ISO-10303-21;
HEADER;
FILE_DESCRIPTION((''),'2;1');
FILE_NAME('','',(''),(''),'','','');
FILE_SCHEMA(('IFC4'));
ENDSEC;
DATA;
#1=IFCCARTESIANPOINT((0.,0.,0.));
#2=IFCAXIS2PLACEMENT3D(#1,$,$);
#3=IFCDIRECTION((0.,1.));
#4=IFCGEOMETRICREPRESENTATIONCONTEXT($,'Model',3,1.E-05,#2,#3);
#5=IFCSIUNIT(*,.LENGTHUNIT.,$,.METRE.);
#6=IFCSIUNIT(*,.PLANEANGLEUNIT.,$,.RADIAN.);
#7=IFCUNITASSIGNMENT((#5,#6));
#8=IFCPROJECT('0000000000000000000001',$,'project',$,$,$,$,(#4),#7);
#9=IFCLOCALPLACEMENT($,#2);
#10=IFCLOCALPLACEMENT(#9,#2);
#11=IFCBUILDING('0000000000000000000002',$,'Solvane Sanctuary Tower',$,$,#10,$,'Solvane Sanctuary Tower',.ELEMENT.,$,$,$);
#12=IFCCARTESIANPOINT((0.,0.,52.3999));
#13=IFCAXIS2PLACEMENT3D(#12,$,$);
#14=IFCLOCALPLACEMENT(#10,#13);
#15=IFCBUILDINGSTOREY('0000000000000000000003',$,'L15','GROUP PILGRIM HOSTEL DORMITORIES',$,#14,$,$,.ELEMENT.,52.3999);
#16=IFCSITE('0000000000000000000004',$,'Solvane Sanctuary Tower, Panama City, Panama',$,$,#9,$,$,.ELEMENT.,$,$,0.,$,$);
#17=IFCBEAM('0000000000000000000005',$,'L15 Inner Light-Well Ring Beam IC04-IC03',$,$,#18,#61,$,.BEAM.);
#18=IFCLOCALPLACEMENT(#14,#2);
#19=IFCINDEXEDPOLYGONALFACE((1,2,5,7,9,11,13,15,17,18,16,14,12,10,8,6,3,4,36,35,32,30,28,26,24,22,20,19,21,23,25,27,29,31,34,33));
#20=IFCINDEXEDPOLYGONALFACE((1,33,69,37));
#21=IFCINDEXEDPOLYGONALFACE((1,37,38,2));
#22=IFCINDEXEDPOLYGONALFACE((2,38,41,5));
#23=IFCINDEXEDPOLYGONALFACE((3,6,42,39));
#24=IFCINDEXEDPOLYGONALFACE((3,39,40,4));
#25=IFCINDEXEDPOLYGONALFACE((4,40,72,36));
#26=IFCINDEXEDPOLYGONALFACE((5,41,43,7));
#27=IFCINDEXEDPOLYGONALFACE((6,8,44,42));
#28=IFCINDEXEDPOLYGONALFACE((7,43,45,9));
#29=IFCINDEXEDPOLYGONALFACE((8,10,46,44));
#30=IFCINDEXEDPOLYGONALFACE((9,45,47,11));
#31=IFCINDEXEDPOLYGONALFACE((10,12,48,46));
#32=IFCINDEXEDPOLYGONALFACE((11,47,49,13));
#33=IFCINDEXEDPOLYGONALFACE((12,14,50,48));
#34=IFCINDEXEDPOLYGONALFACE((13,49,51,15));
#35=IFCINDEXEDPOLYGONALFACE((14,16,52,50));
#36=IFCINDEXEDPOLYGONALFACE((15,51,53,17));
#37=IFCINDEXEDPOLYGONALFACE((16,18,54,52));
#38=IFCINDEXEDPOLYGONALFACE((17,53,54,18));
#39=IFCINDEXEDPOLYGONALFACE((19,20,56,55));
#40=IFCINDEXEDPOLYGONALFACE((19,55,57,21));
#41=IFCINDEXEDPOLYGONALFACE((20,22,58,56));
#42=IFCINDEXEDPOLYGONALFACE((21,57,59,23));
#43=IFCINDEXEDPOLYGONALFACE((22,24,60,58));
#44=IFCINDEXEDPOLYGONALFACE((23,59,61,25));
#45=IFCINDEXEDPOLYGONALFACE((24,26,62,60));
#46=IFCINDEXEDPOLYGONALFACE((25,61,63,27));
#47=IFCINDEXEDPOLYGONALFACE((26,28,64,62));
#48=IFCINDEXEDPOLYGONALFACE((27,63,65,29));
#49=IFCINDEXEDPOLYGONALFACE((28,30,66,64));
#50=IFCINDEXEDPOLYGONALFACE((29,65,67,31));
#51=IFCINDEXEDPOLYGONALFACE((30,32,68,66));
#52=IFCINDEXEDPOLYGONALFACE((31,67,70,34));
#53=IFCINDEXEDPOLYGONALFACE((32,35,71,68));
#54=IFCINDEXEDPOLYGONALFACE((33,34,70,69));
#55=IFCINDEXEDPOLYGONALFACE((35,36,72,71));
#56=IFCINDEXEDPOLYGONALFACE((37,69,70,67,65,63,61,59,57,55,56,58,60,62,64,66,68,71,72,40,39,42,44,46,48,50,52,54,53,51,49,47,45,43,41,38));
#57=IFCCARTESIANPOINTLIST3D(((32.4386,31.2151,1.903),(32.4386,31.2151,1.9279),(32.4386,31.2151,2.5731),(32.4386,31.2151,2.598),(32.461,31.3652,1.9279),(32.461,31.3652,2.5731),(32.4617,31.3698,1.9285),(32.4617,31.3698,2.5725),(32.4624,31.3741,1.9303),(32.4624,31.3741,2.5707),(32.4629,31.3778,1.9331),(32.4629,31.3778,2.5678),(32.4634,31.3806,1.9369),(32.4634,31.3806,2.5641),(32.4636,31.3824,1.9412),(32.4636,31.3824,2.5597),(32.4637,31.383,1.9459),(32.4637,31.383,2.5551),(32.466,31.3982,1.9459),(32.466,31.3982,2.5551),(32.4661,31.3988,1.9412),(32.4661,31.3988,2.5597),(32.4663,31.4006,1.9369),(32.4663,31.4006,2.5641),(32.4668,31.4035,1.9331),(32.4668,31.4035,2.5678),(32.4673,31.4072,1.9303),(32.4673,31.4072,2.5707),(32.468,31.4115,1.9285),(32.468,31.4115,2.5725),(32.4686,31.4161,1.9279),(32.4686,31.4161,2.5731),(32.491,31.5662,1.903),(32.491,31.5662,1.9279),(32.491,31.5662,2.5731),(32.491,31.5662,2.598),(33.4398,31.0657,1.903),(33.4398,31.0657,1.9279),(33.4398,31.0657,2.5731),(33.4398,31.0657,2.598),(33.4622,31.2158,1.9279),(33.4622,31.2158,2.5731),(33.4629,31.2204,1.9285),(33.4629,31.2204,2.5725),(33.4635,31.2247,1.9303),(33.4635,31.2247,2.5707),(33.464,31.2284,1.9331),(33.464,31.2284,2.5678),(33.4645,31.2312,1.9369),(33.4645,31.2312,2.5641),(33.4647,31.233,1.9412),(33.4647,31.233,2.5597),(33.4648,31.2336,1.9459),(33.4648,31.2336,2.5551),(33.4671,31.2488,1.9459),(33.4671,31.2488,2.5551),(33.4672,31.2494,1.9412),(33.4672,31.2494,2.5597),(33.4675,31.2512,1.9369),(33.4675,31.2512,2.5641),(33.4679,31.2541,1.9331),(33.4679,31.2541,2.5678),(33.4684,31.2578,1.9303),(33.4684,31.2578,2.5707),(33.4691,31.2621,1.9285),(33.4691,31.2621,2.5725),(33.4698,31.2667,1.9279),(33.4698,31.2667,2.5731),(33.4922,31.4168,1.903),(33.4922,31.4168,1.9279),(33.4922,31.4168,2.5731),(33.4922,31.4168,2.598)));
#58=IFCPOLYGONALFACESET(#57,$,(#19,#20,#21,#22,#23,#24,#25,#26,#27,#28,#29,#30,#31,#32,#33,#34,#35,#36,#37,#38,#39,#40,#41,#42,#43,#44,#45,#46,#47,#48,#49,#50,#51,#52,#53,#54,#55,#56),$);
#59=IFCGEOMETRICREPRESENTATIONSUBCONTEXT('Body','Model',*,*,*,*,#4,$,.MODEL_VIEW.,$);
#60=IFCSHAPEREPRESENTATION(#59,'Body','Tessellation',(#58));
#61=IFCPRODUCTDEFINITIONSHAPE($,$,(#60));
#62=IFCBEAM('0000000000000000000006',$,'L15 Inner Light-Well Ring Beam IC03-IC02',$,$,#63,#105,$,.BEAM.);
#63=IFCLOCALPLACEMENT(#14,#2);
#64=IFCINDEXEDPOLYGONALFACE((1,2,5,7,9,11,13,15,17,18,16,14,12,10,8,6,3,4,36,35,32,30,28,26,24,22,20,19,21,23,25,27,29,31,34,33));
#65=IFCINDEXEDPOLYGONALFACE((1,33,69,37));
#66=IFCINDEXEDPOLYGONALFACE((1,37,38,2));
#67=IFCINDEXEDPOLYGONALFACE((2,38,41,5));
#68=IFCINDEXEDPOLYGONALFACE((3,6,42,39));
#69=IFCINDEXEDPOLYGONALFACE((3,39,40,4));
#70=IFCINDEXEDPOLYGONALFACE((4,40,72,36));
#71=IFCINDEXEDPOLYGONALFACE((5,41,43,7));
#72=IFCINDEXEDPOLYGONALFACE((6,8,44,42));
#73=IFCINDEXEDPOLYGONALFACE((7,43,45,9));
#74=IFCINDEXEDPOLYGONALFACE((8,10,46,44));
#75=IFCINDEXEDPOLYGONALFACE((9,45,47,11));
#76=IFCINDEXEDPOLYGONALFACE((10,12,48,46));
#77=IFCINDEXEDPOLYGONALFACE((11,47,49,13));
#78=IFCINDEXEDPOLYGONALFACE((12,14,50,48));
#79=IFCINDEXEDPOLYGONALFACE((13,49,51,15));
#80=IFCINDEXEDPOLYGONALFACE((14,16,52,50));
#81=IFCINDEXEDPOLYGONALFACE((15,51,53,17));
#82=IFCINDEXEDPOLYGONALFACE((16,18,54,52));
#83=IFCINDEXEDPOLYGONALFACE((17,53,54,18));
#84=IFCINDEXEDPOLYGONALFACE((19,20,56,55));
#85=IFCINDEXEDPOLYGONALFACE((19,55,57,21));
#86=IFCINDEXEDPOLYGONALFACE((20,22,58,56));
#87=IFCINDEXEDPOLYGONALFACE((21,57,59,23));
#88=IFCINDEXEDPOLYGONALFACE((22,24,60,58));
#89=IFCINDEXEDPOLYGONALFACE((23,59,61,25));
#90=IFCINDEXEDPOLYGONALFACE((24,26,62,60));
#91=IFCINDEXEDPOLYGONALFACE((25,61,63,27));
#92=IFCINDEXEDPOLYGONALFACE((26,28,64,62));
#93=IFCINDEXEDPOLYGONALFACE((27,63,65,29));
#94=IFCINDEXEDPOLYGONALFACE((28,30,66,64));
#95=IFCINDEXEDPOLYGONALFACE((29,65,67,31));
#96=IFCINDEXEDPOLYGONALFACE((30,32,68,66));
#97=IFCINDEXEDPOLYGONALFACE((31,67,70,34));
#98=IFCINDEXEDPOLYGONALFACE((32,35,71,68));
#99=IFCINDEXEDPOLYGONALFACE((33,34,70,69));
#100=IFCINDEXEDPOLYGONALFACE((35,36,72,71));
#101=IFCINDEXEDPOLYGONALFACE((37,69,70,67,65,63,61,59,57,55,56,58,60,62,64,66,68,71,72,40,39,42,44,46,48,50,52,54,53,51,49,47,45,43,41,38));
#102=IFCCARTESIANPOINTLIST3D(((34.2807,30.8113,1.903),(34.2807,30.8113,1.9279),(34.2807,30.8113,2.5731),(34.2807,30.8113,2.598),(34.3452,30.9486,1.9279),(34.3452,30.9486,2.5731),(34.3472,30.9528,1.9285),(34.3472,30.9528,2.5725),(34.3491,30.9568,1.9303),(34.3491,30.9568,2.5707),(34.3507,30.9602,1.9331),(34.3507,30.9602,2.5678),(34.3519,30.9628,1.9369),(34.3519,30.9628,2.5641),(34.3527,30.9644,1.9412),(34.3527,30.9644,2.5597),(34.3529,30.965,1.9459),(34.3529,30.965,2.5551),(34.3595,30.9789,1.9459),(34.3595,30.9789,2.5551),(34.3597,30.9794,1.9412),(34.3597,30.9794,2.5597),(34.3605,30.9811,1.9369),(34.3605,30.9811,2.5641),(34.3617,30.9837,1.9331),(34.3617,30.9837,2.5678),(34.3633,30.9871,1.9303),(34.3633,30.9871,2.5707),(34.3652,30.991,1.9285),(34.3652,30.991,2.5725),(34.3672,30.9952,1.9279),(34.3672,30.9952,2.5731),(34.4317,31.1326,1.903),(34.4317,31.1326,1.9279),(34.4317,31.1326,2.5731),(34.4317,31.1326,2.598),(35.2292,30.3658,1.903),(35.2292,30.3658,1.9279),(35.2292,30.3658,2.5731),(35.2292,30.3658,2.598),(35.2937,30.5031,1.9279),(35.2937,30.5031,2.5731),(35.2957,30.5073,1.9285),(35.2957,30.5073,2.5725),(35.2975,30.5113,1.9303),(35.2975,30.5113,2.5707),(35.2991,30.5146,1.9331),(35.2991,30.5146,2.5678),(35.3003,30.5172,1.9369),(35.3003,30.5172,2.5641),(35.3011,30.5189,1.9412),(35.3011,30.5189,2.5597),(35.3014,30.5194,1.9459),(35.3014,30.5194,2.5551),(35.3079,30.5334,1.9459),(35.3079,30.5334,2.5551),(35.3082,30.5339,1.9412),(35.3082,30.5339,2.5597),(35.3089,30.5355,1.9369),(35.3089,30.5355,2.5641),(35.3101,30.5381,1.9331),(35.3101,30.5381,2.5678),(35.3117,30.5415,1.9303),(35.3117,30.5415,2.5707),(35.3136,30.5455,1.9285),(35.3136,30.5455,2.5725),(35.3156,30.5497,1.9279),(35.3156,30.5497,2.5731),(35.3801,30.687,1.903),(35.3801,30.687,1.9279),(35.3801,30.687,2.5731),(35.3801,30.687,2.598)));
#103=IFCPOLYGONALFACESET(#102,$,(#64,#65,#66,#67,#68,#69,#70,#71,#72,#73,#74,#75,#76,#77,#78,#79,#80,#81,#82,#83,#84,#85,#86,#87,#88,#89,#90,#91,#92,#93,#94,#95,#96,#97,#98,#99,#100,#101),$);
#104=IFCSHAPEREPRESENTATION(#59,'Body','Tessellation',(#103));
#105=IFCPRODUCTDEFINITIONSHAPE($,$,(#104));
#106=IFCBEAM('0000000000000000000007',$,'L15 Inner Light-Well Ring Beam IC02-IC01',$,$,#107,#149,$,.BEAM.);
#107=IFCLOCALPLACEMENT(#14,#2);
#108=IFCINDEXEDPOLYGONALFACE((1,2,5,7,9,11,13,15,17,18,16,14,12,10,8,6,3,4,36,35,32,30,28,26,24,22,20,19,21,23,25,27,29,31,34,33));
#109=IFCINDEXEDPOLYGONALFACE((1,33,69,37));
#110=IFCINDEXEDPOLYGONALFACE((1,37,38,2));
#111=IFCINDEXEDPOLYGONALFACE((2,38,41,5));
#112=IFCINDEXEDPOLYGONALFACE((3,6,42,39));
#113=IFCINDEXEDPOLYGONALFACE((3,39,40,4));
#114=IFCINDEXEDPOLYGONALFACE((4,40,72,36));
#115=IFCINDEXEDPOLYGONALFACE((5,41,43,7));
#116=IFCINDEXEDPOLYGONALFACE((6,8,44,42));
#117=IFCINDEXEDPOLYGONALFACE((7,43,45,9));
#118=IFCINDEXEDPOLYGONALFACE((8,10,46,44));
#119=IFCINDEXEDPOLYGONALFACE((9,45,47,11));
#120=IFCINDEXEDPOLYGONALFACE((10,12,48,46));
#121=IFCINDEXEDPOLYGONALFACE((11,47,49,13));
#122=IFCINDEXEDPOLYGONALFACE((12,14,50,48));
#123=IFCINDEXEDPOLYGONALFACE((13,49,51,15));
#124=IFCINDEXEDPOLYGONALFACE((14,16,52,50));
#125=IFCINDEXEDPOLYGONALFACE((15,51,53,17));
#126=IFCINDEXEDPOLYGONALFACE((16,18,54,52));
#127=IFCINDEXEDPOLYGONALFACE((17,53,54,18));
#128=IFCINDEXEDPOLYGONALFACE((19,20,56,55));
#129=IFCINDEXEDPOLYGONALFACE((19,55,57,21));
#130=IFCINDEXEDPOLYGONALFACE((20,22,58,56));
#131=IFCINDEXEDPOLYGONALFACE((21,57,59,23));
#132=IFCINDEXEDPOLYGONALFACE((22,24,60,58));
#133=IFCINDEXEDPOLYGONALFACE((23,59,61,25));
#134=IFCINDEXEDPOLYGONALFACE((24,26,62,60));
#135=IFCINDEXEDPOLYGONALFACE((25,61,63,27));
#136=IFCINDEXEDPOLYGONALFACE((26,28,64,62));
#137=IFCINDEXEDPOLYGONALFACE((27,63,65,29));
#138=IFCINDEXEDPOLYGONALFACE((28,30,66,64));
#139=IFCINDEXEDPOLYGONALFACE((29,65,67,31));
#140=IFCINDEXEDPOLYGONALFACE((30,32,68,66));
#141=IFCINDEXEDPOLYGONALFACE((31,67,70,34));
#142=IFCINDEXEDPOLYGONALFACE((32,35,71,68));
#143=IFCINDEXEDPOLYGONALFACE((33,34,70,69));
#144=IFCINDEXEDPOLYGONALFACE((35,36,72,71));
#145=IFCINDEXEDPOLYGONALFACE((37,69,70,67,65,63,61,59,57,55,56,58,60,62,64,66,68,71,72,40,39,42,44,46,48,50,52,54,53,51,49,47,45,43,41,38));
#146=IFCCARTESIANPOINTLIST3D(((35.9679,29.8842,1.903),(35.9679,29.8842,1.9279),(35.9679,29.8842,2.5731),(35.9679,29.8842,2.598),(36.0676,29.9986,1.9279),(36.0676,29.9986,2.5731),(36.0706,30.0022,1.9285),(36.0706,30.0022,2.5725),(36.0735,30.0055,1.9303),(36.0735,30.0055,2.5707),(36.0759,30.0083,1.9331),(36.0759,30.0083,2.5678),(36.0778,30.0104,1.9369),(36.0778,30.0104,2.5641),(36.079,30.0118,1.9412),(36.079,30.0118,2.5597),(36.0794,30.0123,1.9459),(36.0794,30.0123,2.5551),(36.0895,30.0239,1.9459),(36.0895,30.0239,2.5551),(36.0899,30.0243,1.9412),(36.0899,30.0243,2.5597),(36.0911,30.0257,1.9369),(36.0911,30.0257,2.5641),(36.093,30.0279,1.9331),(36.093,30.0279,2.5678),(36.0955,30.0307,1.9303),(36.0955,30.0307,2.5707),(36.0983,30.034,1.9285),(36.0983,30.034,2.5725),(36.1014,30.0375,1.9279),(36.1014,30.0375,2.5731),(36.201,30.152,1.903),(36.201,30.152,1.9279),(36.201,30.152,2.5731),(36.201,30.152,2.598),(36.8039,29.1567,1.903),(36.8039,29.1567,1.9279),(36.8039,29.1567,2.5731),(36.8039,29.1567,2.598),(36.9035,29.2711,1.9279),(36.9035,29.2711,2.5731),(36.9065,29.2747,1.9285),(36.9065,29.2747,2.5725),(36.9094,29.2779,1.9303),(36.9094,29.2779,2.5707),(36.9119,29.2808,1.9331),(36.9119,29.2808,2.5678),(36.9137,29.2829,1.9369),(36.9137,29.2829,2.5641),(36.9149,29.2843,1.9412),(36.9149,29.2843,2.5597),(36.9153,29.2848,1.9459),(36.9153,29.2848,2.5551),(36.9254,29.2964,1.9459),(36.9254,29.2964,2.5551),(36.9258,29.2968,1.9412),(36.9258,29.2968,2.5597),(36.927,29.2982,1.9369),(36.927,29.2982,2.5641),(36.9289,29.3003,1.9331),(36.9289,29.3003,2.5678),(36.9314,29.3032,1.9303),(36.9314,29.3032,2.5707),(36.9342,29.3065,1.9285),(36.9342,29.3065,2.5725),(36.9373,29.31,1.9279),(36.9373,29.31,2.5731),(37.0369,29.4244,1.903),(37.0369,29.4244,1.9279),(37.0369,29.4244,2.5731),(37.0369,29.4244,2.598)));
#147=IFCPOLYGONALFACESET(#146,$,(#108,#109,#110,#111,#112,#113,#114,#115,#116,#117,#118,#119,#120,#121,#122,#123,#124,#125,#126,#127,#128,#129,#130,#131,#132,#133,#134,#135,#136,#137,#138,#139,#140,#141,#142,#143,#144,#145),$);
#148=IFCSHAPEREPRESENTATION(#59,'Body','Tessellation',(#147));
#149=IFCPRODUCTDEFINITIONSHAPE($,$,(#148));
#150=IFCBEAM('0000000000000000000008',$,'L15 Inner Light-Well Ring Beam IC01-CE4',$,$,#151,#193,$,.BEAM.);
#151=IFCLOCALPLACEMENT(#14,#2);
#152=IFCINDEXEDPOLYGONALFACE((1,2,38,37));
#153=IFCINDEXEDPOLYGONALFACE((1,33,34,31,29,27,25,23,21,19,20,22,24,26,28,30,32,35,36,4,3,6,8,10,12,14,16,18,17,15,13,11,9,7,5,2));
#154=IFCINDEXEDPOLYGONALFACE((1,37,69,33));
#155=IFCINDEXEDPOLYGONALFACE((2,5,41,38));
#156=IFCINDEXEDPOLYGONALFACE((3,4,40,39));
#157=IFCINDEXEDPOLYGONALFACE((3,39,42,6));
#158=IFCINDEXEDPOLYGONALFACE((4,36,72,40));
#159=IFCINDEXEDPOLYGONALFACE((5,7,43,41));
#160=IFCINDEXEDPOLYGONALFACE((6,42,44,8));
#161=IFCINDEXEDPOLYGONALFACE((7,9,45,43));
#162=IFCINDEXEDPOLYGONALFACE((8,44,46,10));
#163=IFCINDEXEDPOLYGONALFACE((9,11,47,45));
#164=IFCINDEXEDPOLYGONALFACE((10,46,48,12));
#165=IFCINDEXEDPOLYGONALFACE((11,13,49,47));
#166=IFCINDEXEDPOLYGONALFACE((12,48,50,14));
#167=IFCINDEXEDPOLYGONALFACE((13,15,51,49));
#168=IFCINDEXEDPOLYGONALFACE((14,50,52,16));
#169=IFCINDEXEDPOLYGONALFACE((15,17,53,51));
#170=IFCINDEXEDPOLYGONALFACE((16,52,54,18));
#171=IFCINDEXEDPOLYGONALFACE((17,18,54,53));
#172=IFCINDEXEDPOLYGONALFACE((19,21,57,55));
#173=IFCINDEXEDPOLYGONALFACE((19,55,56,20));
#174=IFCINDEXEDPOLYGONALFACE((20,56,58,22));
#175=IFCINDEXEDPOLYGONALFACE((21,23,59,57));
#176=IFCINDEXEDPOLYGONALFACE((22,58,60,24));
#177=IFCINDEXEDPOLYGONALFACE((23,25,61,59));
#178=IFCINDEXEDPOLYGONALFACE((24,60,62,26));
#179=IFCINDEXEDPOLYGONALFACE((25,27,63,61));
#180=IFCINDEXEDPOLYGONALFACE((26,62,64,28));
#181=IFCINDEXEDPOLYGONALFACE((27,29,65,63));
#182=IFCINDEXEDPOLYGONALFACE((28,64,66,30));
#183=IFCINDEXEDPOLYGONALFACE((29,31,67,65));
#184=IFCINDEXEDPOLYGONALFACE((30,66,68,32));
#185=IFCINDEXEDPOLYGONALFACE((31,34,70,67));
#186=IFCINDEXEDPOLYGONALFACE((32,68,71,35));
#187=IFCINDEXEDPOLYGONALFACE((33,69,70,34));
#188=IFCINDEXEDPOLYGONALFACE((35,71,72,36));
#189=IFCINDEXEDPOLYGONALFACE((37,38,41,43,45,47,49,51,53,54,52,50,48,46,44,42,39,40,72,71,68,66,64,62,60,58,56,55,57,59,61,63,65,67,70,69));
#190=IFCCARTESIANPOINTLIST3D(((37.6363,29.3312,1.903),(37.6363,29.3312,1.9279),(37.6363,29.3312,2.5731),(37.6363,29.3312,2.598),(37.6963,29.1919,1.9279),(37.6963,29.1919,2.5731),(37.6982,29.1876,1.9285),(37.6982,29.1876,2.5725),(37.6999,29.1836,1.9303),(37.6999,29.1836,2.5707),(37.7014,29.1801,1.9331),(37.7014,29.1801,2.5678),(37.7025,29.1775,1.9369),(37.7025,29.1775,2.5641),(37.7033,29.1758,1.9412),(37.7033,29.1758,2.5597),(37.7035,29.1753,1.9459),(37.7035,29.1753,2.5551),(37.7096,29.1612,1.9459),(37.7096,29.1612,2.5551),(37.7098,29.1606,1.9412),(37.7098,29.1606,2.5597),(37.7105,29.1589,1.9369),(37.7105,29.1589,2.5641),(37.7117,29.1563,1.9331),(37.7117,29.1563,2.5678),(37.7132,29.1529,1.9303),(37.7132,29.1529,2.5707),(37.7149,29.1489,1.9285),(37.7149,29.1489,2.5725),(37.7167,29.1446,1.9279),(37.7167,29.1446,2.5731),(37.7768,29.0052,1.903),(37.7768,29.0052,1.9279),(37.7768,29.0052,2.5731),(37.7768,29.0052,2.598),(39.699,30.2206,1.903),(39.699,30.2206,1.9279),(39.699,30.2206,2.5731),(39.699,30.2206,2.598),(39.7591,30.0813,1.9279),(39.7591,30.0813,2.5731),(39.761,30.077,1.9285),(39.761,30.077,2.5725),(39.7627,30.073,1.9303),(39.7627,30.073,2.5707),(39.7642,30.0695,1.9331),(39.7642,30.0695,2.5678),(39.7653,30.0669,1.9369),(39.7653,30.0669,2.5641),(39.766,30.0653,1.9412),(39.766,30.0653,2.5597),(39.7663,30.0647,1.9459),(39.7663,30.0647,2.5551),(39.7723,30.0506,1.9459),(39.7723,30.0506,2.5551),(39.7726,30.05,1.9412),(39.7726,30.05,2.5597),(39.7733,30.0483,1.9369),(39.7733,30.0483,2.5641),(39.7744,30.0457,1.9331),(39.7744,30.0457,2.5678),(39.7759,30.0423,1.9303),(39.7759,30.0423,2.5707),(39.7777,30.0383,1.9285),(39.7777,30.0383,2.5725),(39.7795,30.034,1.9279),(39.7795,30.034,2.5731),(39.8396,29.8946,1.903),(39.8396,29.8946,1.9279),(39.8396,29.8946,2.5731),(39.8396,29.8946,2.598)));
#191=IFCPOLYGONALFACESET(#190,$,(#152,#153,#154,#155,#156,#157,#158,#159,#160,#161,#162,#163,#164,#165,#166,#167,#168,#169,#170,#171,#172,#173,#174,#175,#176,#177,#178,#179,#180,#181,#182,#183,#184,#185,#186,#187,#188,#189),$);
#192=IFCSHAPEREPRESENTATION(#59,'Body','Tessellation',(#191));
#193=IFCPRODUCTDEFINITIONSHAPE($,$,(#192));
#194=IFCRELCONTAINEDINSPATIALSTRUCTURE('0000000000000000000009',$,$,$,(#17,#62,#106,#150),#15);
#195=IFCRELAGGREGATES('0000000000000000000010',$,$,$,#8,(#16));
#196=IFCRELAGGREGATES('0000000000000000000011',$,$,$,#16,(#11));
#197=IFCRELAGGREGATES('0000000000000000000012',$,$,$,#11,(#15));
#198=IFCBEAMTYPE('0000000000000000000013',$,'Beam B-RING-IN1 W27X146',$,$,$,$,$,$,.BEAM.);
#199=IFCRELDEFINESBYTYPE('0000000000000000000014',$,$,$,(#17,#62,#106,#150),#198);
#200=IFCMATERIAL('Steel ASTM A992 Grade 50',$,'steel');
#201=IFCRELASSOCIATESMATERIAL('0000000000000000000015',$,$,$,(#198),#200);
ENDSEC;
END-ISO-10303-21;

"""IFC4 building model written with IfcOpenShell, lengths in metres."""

from ifc_helpers import new_model, si_unit, direction, frame, origin, origin_2d, place, context, subcontext, project, spatial, i_section, extrude, material, material_profile, profile_set, type_object, element, save


model = new_model("IFC4")

# Units and contexts
model_context = context("Model", 3, precision=1e-05, world=origin(), true_north=direction((0.0, 1.0)))
body_context = subcontext(model_context, "Body", "Model", "MODEL_VIEW")
ifc_project = project(units=[si_unit("LENGTHUNIT", "METRE"), si_unit("PLANEANGLEUNIT", "RADIAN")], contexts=[model_context])

# Site, building, storey
site_placement = place(None, origin())
site = spatial("IfcSite", under=ifc_project, at=site_placement, Name="Solvane Sanctuary Tower, Panama City, Panama", CompositionType="ELEMENT", RefElevation=0.0)
building_placement = place(site_placement, origin())
building = spatial("IfcBuilding", under=site, at=building_placement, Name="Solvane Sanctuary Tower", LongName="Solvane Sanctuary Tower", CompositionType="ELEMENT")
storey_placement = place(building_placement, frame((0.0, 0.0, 52.3999)))
storey = spatial("IfcBuildingStorey", under=building, at=storey_placement, Name="L15", Description="GROUP PILGRIM HOSTEL DORMITORIES", CompositionType="ELEMENT", Elevation=52.3999)

# Beams
ifc_material_1 = material(Name="Steel ASTM A992 Grade 50", Category="steel")
ifc_material_profile_1 = material_profile(ifc_material_1, i_section(OverallWidth=0.355, OverallDepth=0.6951, WebThickness=0.0154, FlangeThickness=0.0249, FilletRadius=0.0181, at=origin_2d()), Name="W27X146")
ifc_profile_set_1 = profile_set([ifc_material_profile_1], Name="Steel ASTM A992 Grade 50")
beam_type_1 = type_object("IfcBeamType", Name="Beam B-RING-IN1 W27X146", PredefinedType="BEAM", material=ifc_profile_set_1)
for number, where, z_axis, x_axis, name in (
    (1, (32.4648, 31.3906, 2.2505), (0.989048, -0.147597, 0.0), (0.147597, 0.989048, 0.0), "L15 Inner Light-Well Ring Beam IC04-IC03"),
):
    element("IfcBeam", number, at=place(storey_placement, frame(where, z_axis=z_axis, x_axis=x_axis)), inside=storey, type_object=beam_type_1, Name=name, PredefinedType="BEAM", context=body_context, shape_type="SweptSolid", body=[
        extrude(i_section(OverallWidth=0.355, OverallDepth=0.6951, WebThickness=0.0154, FlangeThickness=0.0249, FilletRadius=0.0181, at=origin_2d()), origin(), (0.0, 0.0, 1.0), 1.0122),
    ])
beam_1_placement = place(storey_placement, frame((34.3562, 30.9719, 2.2505), z_axis=(0.905109, -0.42518, 0.0), x_axis=(0.42518, 0.905109, 0.0)))
element("IfcBeam", 2, at=beam_1_placement, inside=storey, type_object=beam_type_1, Name="L15 Inner Light-Well Ring Beam IC03-IC02", PredefinedType="BEAM", context=body_context, shape_type="SweptSolid", body=[
    extrude(i_section(OverallWidth=0.355, OverallDepth=0.6951, WebThickness=0.0154, FlangeThickness=0.0249, FilletRadius=0.0181, at=origin_2d()), origin(), (0.0, 0.0, 1.0), 1.0479),
])
beam_2_placement = place(storey_placement, frame((36.0845, 30.0181, 2.2505), z_axis=(0.754321, -0.656506, 0.0), x_axis=(0.656506, 0.754321, 0.0)))
element("IfcBeam", 3, at=beam_2_placement, inside=storey, type_object=beam_type_1, Name="L15 Inner Light-Well Ring Beam IC02-IC01", PredefinedType="BEAM", context=body_context, shape_type="SweptSolid", body=[
    extrude(i_section(OverallWidth=0.355, OverallDepth=0.6951, WebThickness=0.0154, FlangeThickness=0.0249, FilletRadius=0.0181, at=origin_2d()), origin(), (0.0, 0.0, 1.0), 1.1082),
])
beam_3_placement = place(storey_placement, frame((37.7065, 29.1682, 2.2505), z_axis=(0.918277, 0.395938, 0.0), x_axis=(-0.395938, 0.918277, 0.0)))
element("IfcBeam", 4, at=beam_3_placement, inside=storey, type_object=beam_type_1, Name="L15 Inner Light-Well Ring Beam IC01-CE4", PredefinedType="BEAM", context=body_context, shape_type="SweptSolid", body=[
    extrude(i_section(OverallWidth=0.355, OverallDepth=0.6951, WebThickness=0.0154, FlangeThickness=0.0249, FilletRadius=0.0181, at=origin_2d()), origin(), (0.0, 0.0, 1.0), 2.2463),
])

save(model, "model.ifc")
